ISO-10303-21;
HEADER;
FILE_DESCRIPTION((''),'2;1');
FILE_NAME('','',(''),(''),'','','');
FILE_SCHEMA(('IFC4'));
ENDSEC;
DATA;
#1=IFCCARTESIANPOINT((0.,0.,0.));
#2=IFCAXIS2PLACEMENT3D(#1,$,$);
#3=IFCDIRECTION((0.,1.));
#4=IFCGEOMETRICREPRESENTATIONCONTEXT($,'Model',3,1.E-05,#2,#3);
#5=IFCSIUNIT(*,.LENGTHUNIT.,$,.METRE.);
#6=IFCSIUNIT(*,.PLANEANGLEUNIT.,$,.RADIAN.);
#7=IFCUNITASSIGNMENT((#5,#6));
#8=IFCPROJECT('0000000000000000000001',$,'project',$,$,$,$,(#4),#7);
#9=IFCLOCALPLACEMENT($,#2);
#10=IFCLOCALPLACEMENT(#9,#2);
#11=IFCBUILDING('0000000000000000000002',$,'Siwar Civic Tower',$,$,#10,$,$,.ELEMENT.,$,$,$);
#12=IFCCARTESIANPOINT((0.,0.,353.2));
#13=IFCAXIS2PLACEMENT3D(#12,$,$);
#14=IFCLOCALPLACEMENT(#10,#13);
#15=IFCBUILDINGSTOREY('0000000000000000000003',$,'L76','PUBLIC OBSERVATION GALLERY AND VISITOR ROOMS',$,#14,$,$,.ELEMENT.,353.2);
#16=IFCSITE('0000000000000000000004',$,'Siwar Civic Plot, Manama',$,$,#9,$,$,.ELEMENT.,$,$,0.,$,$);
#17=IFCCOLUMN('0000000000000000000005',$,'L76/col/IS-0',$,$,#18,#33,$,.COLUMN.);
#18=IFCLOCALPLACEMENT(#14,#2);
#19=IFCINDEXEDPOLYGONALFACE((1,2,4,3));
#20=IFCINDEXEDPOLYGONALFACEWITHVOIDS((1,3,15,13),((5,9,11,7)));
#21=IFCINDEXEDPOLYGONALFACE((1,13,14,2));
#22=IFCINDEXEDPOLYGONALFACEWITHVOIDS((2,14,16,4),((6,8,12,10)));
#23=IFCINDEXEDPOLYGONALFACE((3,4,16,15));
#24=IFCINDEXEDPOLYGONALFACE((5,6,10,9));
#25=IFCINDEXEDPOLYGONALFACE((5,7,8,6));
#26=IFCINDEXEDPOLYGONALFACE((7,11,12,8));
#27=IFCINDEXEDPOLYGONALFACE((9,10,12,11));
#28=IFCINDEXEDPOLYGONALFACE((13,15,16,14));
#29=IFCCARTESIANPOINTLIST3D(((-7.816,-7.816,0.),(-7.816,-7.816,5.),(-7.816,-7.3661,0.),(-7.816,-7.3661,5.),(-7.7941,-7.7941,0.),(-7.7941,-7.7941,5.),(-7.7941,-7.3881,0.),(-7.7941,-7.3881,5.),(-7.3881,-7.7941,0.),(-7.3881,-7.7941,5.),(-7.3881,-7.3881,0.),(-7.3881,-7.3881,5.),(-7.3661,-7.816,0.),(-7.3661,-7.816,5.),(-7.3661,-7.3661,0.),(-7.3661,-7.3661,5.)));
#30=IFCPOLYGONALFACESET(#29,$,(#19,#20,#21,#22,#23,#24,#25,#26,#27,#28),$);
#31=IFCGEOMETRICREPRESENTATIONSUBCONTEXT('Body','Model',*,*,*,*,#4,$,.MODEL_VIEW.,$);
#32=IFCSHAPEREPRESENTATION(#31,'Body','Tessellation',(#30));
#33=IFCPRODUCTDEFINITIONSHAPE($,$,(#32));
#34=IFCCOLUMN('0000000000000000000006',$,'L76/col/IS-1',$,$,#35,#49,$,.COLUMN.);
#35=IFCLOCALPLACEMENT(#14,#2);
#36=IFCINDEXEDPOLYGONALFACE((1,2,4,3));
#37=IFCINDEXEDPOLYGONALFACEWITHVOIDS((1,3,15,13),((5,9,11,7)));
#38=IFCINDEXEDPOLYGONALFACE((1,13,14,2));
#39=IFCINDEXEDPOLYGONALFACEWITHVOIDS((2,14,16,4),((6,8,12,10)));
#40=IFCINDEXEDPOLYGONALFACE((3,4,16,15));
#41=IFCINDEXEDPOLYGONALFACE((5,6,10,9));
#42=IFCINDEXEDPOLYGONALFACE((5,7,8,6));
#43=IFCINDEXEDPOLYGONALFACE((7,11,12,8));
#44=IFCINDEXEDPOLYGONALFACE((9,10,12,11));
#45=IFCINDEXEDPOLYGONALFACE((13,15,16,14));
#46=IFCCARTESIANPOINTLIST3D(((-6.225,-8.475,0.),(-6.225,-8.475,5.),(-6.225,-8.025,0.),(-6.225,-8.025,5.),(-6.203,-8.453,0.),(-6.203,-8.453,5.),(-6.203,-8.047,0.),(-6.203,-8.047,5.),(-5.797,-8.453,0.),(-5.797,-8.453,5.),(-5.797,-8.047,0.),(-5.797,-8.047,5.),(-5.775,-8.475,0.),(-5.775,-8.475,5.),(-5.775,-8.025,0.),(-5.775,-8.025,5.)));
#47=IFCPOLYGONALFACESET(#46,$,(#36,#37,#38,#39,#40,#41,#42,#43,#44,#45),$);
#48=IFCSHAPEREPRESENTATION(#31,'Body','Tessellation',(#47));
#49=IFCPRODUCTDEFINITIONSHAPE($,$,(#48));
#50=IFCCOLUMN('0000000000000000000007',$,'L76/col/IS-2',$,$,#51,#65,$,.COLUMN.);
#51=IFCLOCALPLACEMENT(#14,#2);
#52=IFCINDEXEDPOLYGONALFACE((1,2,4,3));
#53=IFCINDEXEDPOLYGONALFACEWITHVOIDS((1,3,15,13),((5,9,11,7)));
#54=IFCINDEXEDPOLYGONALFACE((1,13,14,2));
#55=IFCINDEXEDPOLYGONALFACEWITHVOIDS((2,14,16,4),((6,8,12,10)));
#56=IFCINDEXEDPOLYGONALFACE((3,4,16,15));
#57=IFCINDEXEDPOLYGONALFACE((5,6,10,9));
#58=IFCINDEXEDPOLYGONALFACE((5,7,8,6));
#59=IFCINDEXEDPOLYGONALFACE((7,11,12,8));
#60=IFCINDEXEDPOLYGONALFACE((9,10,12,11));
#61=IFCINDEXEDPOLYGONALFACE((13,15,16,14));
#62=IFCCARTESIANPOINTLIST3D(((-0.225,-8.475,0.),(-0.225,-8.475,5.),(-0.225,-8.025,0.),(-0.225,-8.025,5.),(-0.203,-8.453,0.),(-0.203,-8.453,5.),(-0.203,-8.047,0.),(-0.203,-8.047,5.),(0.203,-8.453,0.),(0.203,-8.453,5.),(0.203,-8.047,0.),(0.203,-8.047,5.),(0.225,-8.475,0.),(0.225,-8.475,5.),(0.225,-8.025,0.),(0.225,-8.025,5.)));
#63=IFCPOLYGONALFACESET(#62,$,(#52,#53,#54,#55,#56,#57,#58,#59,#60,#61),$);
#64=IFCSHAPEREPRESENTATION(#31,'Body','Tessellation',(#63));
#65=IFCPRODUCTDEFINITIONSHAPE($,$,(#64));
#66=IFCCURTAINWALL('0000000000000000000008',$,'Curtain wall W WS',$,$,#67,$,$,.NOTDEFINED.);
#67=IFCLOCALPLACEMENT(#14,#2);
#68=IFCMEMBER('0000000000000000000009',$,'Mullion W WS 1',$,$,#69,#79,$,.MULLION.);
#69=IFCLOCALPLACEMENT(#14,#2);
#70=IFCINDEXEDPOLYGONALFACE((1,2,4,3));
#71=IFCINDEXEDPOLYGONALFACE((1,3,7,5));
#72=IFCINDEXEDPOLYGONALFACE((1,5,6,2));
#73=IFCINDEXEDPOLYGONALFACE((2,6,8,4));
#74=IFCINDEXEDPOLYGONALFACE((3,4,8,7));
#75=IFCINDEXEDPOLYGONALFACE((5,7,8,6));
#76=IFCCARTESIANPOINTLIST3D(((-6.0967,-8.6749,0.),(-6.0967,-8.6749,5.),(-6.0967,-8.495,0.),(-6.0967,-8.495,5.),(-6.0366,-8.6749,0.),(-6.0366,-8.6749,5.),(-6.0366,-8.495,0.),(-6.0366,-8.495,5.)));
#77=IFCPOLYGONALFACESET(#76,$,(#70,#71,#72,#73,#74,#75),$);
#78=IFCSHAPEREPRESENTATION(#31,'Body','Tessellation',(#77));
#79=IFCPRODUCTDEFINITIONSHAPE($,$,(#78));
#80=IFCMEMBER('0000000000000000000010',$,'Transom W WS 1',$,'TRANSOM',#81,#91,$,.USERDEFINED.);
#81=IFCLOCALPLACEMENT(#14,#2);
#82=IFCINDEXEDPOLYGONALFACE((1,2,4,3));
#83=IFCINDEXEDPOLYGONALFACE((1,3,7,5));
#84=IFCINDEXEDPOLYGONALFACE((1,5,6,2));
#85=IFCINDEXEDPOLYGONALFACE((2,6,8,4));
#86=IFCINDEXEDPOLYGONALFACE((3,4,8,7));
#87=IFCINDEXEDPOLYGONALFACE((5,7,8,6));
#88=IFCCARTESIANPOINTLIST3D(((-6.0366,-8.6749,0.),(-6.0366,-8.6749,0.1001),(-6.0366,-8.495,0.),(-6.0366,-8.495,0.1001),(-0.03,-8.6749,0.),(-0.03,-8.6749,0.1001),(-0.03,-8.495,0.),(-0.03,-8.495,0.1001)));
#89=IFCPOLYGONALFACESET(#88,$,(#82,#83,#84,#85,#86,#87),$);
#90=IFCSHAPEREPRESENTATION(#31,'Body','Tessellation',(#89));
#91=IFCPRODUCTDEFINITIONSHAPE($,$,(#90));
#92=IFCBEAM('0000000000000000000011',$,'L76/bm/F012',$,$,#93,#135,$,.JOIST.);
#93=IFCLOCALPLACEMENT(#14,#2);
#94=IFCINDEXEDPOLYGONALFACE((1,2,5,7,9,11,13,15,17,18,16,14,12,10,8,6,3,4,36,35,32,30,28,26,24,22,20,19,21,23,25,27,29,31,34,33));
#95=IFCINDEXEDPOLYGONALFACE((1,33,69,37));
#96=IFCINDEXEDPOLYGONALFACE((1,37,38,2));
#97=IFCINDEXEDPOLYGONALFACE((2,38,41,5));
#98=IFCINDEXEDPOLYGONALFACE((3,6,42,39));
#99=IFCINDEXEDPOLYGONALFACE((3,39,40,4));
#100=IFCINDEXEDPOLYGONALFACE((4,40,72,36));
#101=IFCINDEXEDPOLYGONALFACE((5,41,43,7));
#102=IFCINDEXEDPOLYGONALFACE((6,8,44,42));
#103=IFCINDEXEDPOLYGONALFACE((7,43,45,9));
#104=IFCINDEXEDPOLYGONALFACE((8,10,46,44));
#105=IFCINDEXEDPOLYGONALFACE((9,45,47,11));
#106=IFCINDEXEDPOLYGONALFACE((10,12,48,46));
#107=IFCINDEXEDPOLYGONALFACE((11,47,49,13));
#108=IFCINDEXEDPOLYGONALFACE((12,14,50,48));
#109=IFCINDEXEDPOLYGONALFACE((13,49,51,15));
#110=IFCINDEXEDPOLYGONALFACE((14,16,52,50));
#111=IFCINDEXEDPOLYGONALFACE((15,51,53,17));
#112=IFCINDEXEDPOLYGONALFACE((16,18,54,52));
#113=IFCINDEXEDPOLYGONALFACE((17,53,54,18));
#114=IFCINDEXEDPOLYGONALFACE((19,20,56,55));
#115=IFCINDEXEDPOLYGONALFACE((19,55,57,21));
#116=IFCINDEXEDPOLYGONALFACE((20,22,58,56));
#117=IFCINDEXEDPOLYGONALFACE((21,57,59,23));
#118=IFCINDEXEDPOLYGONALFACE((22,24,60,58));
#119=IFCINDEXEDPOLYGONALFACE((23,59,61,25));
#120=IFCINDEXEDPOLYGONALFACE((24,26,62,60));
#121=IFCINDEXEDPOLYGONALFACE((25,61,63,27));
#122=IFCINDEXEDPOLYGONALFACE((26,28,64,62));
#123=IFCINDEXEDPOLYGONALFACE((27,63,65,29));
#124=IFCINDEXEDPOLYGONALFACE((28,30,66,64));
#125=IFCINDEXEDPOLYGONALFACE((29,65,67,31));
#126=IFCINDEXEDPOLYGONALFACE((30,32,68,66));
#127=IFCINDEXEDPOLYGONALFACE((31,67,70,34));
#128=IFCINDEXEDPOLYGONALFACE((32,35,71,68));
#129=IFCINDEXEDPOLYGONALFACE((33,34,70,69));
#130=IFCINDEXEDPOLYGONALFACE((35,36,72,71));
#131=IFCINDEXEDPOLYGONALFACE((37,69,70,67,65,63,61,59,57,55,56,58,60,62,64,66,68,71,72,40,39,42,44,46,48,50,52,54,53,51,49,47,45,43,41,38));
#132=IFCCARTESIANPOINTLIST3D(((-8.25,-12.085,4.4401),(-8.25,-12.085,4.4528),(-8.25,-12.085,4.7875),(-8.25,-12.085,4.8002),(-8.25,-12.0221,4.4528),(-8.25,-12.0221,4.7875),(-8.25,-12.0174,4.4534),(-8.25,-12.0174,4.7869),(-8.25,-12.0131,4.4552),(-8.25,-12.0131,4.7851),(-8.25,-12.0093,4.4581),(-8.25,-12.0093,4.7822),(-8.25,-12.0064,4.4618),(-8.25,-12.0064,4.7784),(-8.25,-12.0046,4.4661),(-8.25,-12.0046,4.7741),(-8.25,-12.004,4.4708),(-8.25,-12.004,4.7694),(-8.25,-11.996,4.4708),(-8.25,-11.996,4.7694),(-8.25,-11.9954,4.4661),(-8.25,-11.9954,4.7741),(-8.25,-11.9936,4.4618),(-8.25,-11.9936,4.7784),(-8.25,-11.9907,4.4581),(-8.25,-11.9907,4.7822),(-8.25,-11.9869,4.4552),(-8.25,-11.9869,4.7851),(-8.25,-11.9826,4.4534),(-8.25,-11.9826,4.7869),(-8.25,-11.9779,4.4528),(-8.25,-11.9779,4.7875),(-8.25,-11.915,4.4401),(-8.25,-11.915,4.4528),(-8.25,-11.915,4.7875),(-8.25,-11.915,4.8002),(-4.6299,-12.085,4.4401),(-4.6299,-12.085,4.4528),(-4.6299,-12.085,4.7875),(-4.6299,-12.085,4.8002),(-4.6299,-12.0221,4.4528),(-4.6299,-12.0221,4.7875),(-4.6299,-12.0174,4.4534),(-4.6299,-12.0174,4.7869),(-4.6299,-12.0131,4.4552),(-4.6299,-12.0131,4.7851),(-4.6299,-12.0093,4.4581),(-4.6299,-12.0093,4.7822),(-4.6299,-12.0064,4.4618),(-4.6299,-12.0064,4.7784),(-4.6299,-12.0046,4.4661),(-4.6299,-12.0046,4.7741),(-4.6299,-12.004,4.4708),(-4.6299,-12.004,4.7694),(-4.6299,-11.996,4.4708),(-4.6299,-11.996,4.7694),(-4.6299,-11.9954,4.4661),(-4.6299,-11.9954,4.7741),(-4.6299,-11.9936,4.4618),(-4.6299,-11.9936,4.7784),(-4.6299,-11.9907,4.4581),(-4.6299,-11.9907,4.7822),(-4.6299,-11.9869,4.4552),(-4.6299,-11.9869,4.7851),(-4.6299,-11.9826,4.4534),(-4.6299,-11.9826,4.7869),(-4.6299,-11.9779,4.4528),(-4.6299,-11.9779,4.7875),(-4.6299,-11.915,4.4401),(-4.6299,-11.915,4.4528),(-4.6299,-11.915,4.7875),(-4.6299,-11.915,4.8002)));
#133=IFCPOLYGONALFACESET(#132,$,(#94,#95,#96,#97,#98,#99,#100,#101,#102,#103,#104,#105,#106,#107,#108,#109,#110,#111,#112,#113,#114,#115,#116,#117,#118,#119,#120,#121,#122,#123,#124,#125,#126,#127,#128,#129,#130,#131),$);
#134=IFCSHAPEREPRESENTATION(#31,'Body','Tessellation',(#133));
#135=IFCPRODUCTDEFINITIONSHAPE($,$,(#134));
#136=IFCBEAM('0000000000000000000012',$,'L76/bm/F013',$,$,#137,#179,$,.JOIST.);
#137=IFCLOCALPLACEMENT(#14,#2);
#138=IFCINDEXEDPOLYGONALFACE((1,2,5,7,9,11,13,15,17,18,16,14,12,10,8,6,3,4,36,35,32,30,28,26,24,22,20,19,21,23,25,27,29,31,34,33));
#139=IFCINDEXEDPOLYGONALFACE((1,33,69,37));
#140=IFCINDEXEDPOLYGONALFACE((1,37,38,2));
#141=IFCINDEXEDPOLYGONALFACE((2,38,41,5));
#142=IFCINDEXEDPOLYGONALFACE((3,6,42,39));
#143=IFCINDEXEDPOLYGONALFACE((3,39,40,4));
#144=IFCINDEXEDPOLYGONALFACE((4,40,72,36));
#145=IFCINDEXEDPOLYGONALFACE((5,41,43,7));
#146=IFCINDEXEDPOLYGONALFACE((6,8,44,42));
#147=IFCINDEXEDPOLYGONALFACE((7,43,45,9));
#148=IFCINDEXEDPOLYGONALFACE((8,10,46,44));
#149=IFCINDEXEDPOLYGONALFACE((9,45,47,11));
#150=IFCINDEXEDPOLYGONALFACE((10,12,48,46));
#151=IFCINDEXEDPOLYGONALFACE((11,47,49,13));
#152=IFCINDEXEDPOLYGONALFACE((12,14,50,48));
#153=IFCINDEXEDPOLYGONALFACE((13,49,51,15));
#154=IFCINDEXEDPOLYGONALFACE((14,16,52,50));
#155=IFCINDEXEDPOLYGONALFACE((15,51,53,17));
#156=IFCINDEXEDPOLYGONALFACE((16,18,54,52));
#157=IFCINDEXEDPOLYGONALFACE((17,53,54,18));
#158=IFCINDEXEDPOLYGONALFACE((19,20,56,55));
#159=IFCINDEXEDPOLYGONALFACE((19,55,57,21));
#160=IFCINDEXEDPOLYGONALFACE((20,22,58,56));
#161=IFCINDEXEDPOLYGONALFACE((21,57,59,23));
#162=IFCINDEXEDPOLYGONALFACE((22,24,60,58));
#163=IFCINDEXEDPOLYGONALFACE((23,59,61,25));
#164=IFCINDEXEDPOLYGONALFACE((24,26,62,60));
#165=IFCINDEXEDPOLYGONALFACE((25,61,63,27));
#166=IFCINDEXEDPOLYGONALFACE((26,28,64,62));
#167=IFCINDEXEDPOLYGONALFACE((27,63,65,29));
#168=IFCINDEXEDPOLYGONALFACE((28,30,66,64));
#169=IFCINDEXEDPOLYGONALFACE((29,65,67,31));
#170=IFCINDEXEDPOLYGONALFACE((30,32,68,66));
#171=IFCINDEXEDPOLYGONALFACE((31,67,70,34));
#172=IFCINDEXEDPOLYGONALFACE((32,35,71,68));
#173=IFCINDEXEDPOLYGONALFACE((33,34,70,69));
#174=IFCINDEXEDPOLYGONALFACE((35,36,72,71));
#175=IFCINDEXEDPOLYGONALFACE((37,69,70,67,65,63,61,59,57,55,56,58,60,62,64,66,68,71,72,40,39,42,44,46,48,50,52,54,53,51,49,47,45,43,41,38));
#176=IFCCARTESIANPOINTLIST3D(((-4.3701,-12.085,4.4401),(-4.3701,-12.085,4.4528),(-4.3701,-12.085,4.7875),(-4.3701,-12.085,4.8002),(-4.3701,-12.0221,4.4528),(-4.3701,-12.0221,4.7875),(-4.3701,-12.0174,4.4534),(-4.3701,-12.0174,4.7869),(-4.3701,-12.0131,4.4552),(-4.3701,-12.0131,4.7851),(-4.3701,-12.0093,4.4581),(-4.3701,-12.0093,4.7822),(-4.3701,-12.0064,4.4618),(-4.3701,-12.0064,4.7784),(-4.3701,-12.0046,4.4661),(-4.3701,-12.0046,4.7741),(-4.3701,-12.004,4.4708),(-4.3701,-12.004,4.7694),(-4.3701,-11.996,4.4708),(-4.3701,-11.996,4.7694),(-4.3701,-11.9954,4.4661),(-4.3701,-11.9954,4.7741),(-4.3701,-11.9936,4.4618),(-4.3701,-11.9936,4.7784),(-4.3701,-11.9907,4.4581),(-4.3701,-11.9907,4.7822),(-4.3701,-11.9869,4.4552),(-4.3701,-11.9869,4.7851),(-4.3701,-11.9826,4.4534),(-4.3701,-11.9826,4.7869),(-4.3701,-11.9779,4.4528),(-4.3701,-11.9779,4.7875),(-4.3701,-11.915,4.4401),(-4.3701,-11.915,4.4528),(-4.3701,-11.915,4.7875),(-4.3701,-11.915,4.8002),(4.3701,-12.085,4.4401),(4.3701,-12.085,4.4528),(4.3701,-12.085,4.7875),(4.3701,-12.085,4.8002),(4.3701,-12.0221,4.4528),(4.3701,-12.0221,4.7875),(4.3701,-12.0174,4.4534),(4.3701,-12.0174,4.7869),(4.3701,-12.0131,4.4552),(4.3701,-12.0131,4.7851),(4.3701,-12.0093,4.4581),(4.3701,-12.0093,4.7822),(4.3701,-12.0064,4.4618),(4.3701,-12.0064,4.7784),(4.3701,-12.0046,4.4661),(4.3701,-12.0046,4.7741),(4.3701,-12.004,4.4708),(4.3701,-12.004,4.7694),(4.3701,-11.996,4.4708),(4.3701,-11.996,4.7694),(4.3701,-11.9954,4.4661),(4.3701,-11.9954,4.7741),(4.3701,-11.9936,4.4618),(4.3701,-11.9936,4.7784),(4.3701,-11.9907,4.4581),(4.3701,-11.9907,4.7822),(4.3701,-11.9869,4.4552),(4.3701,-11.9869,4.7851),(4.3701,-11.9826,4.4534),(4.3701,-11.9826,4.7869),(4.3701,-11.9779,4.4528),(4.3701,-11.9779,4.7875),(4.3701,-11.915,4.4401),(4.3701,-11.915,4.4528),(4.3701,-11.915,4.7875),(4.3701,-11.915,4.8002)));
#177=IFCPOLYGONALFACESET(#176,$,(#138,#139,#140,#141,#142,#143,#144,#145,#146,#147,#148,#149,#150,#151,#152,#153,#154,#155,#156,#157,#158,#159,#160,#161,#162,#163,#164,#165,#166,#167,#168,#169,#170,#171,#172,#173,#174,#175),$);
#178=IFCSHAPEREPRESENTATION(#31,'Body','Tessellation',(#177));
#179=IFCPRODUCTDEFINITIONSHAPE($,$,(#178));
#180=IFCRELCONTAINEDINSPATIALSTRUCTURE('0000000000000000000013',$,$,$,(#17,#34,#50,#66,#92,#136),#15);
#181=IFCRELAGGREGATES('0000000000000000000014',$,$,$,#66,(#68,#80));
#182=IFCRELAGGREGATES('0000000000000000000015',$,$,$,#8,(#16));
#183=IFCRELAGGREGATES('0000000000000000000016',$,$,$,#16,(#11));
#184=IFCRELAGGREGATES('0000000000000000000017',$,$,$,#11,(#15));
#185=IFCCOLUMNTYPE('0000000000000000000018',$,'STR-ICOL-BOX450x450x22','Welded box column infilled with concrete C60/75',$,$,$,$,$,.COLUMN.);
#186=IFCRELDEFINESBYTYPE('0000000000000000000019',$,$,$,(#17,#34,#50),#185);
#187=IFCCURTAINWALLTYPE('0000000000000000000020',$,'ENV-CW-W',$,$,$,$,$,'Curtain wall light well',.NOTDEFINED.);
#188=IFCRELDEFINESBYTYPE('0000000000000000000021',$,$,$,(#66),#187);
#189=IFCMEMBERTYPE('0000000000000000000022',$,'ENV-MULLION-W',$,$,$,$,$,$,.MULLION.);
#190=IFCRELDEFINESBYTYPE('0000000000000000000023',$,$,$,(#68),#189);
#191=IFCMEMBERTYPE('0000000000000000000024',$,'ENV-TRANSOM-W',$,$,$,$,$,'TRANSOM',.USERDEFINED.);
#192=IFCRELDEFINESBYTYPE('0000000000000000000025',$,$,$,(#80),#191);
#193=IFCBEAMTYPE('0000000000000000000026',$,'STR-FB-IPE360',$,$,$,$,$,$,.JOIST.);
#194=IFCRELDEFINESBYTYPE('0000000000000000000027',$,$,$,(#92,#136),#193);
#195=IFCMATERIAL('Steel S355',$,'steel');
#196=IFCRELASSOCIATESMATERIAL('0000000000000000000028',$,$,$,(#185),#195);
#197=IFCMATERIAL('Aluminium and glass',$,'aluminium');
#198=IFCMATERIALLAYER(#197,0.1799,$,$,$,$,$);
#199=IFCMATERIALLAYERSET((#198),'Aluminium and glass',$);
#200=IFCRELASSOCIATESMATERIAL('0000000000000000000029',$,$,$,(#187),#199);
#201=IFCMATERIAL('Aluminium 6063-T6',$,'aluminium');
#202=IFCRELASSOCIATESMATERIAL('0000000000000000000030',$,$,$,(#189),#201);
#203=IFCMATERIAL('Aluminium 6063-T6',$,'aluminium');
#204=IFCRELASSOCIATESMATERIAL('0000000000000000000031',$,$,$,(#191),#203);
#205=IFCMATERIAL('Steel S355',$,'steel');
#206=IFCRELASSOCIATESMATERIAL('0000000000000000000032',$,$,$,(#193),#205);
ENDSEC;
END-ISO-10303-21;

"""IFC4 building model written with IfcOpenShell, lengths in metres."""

from ifc_helpers import new_model, si_unit, direction, frame, origin, origin_2d, place, context, subcontext, project, spatial, rectangle, hollow_rectangle, i_section, extrude, material, layer, layer_set, material_profile, profile_set, type_object, element, aggregate, save


model = new_model("IFC4")

# Units and contexts
model_context = context("Model", 3, precision=1e-05, world=origin(), true_north=direction((0.0, 1.0)))
body_context = subcontext(model_context, "Body", "Model", "MODEL_VIEW")
ifc_project = project(units=[si_unit("LENGTHUNIT", "METRE"), si_unit("PLANEANGLEUNIT", "RADIAN")], contexts=[model_context])

# Site, building, storey
site_placement = place(None, origin())
site = spatial("IfcSite", under=ifc_project, at=site_placement, Name="Siwar Civic Plot, Manama", CompositionType="ELEMENT", RefElevation=0.0)
building_placement = place(site_placement, origin())
building = spatial("IfcBuilding", under=site, at=building_placement, Name="Siwar Civic Tower", CompositionType="ELEMENT")
storey_placement = place(building_placement, frame((0.0, 0.0, 353.2)))
storey = spatial("IfcBuildingStorey", under=building, at=storey_placement, Name="L76", Description="PUBLIC OBSERVATION GALLERY AND VISITOR ROOMS", CompositionType="ELEMENT", Elevation=353.2)

# Columns
ifc_material_1 = material(Name="Steel S355", Category="steel")
ifc_material_profile_1 = material_profile(ifc_material_1, hollow_rectangle(XDim=0.45, YDim=0.45, WallThickness=0.022, at=origin_2d()), Name="BOX450x450x22")
ifc_profile_set_1 = profile_set([ifc_material_profile_1], Name="Steel S355")
column_type = type_object("IfcColumnType", Name="STR-ICOL-BOX450x450x22", Description="Welded box column infilled with concrete C60/75", PredefinedType="COLUMN", material=ifc_profile_set_1)
for number, where, z_axis, x_axis, name in (
    (1, (-7.5911, -7.5911, 0.0), (0.0, 0.0, 1.0), (1.0, 0.0, 0.0), "L76/col/IS-0"),
    (2, (-6.0, -8.25, 0.0), (0.0, 0.0, 1.0), (1.0, 0.0, 0.0), "L76/col/IS-1"),
    (3, (0.0, -8.25, 0.0), (0.0, 0.0, 1.0), (1.0, 0.0, 0.0), "L76/col/IS-2"),
):
    element("IfcColumn", number, at=place(storey_placement, frame(where, z_axis=z_axis, x_axis=x_axis)), inside=storey, type_object=column_type, Name=name, PredefinedType="COLUMN", context=body_context, shape_type="SweptSolid", body=[
        extrude(hollow_rectangle(XDim=0.45, YDim=0.45, WallThickness=0.022, at=origin_2d()), origin(), (0.0, 0.0, 1.0), 5.0),
    ])

# Curtain wall, members
ifc_material_2 = material(Name="Aluminium and glass", Category="aluminium")
ifc_layer_1 = layer(ifc_material_2, 0.1799)
ifc_layer_set_1 = layer_set([ifc_layer_1], Name="Aluminium and glass")
curtain_wall_type = type_object("IfcCurtainWallType", Name="ENV-CW-W", ElementType="Curtain wall light well", PredefinedType="NOTDEFINED", material=ifc_layer_set_1)
curtain_wall_placement = place(storey_placement, origin())
curtain_wall = element("IfcCurtainWall", 4, at=curtain_wall_placement, inside=storey, type_object=curtain_wall_type, Name="Curtain wall W WS", PredefinedType="NOTDEFINED")
ifc_material_3 = material(Name="Aluminium 6063-T6", Category="aluminium")
ifc_material_profile_2 = material_profile(ifc_material_3, rectangle(XDim=0.1799, YDim=0.0601, at=origin_2d()), Name="AL 180x60")
ifc_profile_set_2 = profile_set([ifc_material_profile_2], Name="Aluminium 6063-T6")
member_type_1 = type_object("IfcMemberType", Name="ENV-MULLION-W", PredefinedType="MULLION", material=ifc_profile_set_2)
member_1_placement = place(storey_placement, frame((-6.0667, -8.585, 0.0), z_axis=(0.0, 0.0, 1.0), x_axis=(0.0, 1.0, 0.0)))
member_1 = element("IfcMember", 5, at=member_1_placement, type_object=member_type_1, Name="Mullion W WS 1", PredefinedType="MULLION", context=body_context, shape_type="SweptSolid", body=[
    extrude(rectangle(XDim=0.1799, YDim=0.0601, at=origin_2d()), origin(), (0.0, 0.0, 1.0), 5.0),
])
ifc_material_4 = material(Name="Aluminium 6063-T6", Category="aluminium")
ifc_material_profile_3 = material_profile(ifc_material_4, rectangle(XDim=0.1799, YDim=0.1001, at=origin_2d()), Name="AL 180x100")
ifc_profile_set_3 = profile_set([ifc_material_profile_3], Name="Aluminium 6063-T6")
member_type_2 = type_object("IfcMemberType", Name="ENV-TRANSOM-W", ElementType="TRANSOM", PredefinedType="USERDEFINED", material=ifc_profile_set_3)
member_2_placement = place(storey_placement, frame((-6.0366, -8.585, 0.05), z_axis=(1.0, 0.0, 0.0), x_axis=(0.0, 1.0, 0.0)))
member_2 = element("IfcMember", 6, at=member_2_placement, type_object=member_type_2, Name="Transom W WS 1", ObjectType="TRANSOM", PredefinedType="USERDEFINED", context=body_context, shape_type="SweptSolid", body=[
    extrude(rectangle(XDim=0.1799, YDim=0.1001, at=origin_2d()), origin(), (0.0, 0.0, 1.0), 6.0066),
])

# Beams
ifc_material_5 = material(Name="Steel S355", Category="steel")
ifc_material_profile_4 = material_profile(ifc_material_5, i_section(OverallWidth=0.1699, OverallDepth=0.3601, WebThickness=0.0081, FlangeThickness=0.0127, FilletRadius=0.0181, at=origin_2d()), Name="IPE360")
ifc_profile_set_4 = profile_set([ifc_material_profile_4], Name="Steel S355")
beam_type_1 = type_object("IfcBeamType", Name="STR-FB-IPE360", PredefinedType="JOIST", material=ifc_profile_set_4)
beam_1_placement = place(storey_placement, frame((-8.25, -12.0, 4.6201), z_axis=(1.0, 0.0, 0.0), x_axis=(0.0, 1.0, 0.0)))
element("IfcBeam", 7, at=beam_1_placement, inside=storey, type_object=beam_type_1, Name="L76/bm/F012", PredefinedType="JOIST", context=body_context, shape_type="SweptSolid", body=[
    extrude(i_section(OverallWidth=0.1699, OverallDepth=0.3601, WebThickness=0.0081, FlangeThickness=0.0127, FilletRadius=0.0181, at=origin_2d()), origin(), (0.0, 0.0, 1.0), 3.6201),
])
beam_2_placement = place(storey_placement, frame((-4.3701, -12.0, 4.6201), z_axis=(1.0, 0.0, 0.0), x_axis=(0.0, 1.0, 0.0)))
element("IfcBeam", 8, at=beam_2_placement, inside=storey, type_object=beam_type_1, Name="L76/bm/F013", PredefinedType="JOIST", context=body_context, shape_type="SweptSolid", body=[
    extrude(i_section(OverallWidth=0.1699, OverallDepth=0.3601, WebThickness=0.0081, FlangeThickness=0.0127, FilletRadius=0.0181, at=origin_2d()), origin(), (0.0, 0.0, 1.0), 8.7402),
])

aggregate(curtain_wall, [member_1, member_2])

save(model, "model.ifc")
